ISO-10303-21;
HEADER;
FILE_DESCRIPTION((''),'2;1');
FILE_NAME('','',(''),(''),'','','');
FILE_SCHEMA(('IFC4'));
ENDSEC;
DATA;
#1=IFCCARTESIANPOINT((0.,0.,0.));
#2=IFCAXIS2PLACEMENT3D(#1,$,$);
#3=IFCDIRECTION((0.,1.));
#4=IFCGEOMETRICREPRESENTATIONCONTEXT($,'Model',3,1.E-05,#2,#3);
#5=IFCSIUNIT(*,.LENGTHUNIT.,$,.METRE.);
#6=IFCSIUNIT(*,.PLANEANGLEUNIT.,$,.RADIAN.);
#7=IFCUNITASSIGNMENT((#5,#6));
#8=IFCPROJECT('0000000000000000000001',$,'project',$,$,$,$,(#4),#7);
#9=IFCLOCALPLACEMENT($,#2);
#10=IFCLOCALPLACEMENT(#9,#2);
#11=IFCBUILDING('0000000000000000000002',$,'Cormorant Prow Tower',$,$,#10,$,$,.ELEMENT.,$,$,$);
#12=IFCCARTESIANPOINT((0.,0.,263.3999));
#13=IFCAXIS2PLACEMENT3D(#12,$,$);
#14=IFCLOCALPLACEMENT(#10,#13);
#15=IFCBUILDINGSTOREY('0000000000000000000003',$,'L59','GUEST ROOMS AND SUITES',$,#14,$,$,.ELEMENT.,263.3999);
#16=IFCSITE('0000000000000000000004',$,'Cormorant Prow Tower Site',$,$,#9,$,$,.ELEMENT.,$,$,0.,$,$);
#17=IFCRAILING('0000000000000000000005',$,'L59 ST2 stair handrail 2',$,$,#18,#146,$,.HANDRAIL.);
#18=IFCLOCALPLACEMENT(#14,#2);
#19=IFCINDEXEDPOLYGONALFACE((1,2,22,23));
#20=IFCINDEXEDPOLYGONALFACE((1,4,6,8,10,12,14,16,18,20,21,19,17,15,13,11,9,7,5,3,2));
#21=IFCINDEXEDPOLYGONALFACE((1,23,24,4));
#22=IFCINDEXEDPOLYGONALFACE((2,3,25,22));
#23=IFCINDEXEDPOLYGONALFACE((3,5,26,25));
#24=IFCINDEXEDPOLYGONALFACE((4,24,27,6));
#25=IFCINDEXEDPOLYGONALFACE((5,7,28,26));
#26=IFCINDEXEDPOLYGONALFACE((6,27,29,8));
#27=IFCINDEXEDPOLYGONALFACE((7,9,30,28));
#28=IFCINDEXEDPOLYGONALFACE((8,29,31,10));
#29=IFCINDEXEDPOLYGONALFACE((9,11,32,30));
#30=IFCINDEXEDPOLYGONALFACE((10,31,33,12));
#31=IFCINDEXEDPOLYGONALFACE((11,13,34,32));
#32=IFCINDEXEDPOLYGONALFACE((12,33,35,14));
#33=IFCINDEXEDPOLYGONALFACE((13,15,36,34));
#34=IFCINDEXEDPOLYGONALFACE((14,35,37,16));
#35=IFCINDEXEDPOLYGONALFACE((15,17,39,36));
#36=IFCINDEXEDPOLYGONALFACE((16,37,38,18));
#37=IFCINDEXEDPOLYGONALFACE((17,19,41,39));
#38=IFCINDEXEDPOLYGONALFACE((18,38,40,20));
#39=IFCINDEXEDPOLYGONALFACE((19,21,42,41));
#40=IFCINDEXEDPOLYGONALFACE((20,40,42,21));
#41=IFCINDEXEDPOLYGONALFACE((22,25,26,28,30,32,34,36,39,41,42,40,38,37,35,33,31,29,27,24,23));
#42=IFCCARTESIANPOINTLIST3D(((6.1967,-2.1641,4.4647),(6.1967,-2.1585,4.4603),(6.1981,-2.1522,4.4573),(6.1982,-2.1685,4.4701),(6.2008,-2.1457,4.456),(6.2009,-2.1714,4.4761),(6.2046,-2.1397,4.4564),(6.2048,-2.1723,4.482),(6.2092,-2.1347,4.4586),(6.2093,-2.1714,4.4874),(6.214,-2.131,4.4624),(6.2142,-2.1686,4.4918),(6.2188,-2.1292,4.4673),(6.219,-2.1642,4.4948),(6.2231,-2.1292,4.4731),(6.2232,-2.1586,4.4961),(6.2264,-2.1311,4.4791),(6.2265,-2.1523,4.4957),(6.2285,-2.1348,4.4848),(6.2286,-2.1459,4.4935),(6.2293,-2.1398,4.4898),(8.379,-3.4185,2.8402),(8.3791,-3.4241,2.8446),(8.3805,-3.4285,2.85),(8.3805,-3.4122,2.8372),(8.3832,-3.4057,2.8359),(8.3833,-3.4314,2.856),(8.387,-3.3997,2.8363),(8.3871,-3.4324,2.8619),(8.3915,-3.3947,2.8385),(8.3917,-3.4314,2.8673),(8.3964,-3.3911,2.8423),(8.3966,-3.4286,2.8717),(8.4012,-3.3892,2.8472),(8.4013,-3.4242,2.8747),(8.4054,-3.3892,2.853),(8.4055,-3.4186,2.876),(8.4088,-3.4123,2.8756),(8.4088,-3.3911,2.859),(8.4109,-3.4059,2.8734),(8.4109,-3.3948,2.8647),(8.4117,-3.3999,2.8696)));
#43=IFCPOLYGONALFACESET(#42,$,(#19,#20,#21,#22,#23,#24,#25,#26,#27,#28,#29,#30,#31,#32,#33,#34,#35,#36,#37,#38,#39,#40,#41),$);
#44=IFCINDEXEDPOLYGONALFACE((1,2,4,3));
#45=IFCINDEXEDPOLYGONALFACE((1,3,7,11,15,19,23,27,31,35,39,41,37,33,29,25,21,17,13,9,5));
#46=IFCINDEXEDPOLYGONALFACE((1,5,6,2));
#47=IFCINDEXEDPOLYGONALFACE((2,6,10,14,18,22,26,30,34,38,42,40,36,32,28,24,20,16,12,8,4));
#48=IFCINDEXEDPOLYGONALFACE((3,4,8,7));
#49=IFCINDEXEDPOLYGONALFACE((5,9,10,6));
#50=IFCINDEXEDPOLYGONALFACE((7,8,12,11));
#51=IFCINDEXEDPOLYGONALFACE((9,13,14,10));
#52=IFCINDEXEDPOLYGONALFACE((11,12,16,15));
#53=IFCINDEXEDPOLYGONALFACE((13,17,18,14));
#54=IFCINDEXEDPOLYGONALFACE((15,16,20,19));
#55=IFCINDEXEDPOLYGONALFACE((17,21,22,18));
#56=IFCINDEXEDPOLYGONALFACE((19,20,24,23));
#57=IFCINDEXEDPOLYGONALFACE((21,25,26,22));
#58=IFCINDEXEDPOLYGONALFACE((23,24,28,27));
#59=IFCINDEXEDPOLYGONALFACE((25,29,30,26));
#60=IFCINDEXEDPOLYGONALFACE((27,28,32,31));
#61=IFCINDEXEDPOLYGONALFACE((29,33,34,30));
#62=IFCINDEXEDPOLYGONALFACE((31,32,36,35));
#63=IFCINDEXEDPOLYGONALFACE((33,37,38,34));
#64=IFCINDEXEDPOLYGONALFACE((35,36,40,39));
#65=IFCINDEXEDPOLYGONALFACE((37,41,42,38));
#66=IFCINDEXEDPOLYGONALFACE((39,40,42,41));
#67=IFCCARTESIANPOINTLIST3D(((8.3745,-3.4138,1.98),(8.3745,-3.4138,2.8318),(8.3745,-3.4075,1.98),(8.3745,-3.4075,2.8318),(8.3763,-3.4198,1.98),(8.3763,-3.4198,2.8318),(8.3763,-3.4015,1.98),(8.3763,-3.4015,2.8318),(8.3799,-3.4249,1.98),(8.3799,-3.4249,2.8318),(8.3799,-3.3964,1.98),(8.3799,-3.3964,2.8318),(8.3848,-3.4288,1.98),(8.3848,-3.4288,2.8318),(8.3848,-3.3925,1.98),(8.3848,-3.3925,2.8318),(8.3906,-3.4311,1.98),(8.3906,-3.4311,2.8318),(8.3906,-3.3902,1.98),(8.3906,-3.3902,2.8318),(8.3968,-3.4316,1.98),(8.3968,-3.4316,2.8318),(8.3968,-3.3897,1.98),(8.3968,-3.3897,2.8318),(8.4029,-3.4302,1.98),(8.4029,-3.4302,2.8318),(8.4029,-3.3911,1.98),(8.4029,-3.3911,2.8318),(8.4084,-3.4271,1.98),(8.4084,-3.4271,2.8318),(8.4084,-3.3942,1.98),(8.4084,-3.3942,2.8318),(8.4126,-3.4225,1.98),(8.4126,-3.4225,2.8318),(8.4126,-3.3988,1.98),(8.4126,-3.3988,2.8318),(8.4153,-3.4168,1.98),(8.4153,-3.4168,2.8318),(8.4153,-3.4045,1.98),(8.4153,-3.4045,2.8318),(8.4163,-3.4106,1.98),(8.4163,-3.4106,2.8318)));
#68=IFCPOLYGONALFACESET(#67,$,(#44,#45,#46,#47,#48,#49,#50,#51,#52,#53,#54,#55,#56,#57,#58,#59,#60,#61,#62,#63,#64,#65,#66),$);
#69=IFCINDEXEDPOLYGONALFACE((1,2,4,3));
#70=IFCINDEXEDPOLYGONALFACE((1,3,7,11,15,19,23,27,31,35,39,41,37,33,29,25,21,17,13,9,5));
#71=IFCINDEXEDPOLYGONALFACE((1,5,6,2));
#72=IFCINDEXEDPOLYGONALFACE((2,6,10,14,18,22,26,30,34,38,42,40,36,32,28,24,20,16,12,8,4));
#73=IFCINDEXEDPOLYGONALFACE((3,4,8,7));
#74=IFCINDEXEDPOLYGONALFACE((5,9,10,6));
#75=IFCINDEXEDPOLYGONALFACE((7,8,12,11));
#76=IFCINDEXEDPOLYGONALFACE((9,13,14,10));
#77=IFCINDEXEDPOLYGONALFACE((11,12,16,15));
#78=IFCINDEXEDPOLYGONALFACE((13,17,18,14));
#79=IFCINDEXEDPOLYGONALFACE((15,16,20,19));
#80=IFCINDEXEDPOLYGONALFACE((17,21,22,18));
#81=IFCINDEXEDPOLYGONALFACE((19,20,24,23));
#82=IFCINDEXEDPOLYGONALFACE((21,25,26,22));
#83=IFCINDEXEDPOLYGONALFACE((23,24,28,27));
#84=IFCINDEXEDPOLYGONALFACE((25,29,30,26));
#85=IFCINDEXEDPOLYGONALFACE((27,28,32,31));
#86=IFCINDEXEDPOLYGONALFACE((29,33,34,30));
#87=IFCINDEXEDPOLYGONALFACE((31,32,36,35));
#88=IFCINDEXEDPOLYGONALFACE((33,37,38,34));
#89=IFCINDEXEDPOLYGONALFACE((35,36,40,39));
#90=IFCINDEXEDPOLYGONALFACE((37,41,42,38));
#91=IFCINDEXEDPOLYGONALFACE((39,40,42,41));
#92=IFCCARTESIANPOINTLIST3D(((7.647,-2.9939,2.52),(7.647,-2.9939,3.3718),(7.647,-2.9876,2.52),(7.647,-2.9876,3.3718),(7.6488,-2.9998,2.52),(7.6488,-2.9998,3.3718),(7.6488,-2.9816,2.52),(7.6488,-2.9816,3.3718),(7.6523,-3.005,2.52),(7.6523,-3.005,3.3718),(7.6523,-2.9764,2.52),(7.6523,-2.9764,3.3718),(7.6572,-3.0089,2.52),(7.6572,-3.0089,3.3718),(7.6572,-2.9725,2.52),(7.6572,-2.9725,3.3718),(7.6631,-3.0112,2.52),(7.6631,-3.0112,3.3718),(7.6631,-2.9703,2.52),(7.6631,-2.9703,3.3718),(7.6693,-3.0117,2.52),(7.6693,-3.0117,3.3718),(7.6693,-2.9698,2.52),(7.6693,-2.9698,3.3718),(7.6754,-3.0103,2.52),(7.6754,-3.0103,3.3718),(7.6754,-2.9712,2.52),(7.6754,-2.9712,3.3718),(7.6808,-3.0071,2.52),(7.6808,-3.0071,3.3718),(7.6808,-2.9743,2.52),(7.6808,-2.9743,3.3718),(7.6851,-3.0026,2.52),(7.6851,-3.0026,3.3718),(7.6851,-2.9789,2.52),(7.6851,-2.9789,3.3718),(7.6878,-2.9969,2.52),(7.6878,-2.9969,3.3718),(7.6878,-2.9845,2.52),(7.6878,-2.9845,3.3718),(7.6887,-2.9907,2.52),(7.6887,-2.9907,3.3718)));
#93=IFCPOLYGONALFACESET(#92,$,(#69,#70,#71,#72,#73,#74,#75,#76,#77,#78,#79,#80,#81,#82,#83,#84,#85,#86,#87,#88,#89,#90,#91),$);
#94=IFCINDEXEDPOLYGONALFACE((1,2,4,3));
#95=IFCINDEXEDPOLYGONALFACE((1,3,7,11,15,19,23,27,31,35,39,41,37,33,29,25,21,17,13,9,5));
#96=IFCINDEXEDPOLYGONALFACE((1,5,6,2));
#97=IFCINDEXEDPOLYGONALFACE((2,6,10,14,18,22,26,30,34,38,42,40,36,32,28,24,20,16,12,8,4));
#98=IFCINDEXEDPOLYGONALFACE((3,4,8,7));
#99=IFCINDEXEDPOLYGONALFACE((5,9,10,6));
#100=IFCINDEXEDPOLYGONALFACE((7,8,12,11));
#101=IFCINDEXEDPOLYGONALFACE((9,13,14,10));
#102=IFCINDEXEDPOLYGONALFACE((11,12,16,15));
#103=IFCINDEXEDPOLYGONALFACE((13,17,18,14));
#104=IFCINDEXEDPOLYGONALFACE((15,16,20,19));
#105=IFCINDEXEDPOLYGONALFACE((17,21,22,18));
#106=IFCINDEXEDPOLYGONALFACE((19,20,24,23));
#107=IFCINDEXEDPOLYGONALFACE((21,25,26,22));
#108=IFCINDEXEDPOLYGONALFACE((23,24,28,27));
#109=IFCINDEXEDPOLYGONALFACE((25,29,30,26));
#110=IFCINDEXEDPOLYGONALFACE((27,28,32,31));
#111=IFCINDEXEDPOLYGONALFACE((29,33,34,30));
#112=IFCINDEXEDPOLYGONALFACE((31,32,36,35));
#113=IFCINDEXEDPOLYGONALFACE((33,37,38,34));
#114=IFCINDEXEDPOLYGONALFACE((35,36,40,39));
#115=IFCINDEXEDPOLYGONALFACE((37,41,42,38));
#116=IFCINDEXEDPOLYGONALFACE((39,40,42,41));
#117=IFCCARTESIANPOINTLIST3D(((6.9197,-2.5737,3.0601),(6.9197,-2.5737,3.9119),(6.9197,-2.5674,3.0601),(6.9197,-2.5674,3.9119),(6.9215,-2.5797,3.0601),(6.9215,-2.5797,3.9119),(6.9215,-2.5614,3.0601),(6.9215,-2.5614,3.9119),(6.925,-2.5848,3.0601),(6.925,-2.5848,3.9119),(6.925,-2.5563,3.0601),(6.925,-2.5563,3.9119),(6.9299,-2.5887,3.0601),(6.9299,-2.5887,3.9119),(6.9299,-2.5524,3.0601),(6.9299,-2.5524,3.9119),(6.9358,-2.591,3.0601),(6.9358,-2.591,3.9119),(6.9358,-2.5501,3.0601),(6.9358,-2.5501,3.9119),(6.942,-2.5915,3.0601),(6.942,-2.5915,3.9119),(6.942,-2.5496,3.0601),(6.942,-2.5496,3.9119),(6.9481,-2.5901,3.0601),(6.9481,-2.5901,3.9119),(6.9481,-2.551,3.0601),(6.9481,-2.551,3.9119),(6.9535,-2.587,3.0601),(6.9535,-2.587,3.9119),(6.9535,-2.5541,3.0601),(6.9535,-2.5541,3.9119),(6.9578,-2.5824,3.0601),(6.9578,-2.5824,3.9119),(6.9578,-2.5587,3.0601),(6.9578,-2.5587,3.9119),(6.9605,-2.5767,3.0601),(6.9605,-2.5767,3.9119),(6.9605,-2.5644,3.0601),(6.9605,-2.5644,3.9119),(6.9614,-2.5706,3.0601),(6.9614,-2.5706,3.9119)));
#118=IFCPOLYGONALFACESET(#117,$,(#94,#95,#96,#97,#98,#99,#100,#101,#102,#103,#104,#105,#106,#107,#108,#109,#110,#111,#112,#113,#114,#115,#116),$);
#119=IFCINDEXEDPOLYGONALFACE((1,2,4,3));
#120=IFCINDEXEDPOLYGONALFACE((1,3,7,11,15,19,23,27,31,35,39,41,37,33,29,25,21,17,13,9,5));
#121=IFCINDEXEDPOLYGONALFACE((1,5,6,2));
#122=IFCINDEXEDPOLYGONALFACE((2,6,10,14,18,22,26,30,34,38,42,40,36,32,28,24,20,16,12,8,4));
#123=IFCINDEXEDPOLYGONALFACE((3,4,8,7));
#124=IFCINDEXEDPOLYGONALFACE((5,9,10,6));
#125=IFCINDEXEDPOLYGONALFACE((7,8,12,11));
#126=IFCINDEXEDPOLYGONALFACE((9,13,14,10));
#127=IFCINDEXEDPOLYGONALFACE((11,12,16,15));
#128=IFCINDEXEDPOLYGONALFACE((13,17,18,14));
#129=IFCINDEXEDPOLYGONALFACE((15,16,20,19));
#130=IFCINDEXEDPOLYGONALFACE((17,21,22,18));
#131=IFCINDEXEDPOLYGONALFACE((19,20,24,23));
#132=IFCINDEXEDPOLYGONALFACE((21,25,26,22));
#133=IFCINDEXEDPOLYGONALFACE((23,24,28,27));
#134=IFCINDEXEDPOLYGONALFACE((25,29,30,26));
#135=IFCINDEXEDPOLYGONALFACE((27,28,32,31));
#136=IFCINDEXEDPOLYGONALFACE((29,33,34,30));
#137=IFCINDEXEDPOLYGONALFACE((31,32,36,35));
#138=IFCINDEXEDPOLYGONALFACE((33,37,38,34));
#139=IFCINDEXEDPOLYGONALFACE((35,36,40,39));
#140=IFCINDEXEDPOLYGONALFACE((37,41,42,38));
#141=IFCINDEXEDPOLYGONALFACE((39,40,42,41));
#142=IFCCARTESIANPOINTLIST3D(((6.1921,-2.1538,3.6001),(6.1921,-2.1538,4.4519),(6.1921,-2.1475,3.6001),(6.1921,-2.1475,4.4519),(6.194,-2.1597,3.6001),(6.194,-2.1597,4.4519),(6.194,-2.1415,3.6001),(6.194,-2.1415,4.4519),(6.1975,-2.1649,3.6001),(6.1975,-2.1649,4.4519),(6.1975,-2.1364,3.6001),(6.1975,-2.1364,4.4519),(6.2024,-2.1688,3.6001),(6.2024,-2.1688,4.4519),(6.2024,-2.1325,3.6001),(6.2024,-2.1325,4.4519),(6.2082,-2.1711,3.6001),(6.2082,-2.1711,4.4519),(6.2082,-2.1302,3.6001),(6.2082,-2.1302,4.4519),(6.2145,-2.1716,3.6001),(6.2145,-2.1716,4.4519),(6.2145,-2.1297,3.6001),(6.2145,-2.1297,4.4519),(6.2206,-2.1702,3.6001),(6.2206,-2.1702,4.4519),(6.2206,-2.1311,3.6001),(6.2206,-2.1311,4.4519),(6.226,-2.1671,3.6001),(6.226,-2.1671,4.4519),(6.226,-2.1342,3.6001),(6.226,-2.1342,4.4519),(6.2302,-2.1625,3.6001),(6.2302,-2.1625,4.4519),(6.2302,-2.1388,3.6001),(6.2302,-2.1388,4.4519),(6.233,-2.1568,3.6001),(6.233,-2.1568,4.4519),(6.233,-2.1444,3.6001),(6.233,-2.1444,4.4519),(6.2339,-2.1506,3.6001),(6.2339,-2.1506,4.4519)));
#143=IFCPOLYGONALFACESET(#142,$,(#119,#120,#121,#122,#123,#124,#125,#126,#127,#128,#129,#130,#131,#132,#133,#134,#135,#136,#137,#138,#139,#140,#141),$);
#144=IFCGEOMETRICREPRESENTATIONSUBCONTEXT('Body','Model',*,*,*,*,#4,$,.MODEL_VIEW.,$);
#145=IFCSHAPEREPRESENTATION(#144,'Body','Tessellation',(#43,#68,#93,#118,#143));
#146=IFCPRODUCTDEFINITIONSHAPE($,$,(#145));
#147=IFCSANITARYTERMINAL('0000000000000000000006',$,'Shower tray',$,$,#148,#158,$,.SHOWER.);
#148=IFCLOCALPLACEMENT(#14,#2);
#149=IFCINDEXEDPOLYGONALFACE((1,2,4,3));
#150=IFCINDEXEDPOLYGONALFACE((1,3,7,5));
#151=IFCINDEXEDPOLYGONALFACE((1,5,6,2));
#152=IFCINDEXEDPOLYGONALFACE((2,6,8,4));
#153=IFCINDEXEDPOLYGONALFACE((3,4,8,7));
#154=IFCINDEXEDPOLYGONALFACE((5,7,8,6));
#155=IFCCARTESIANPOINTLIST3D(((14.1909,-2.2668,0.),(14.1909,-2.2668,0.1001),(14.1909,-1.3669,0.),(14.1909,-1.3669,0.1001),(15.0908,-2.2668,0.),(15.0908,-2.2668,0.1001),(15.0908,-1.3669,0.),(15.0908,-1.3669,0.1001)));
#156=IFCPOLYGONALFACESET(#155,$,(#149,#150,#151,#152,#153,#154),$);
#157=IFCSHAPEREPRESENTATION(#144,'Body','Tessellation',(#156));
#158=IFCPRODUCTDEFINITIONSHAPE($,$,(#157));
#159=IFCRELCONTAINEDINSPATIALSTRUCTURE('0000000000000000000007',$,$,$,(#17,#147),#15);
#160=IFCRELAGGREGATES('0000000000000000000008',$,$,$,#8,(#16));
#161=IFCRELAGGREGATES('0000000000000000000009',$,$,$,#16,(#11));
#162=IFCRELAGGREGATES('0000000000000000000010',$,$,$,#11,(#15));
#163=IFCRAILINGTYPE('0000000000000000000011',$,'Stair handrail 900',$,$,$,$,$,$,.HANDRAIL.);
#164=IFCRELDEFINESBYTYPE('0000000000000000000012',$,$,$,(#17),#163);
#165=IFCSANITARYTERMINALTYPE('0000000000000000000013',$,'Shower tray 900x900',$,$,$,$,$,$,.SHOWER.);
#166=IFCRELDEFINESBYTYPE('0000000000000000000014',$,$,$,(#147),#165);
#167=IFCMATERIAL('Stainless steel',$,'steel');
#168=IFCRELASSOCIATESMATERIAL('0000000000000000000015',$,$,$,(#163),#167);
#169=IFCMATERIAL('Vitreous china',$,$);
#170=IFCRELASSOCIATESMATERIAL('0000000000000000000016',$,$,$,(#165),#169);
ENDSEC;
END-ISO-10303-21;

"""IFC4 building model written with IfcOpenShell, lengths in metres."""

from ifc_helpers import new_model, si_unit, direction, frame, origin, origin_2d, place, context, subcontext, project, spatial, rectangle, circle, extrude, material, type_object, element, save


model = new_model("IFC4")

# Units and contexts
model_context = context("Model", 3, precision=1e-05, world=origin(), true_north=direction((0.0, 1.0)))
body_context = subcontext(model_context, "Body", "Model", "MODEL_VIEW")
ifc_project = project(units=[si_unit("LENGTHUNIT", "METRE"), si_unit("PLANEANGLEUNIT", "RADIAN")], contexts=[model_context])

# Site, building, storey
site_placement = place(None, origin())
site = spatial("IfcSite", under=ifc_project, at=site_placement, Name="Cormorant Prow Tower Site", CompositionType="ELEMENT", RefElevation=0.0)
building_placement = place(site_placement, origin())
building = spatial("IfcBuilding", under=site, at=building_placement, Name="Cormorant Prow Tower", CompositionType="ELEMENT")
storey_placement = place(building_placement, frame((0.0, 0.0, 263.3999)))
storey = spatial("IfcBuildingStorey", under=building, at=storey_placement, Name="L59", Description="GUEST ROOMS AND SUITES", CompositionType="ELEMENT", Elevation=263.3999)

# Railing
ifc_material_1 = material(Name="Stainless steel", Category="steel")
railing_type_1 = type_object("IfcRailingType", Name="Stair handrail 900", PredefinedType="HANDRAIL", material=ifc_material_1)
railing_1_placement = place(storey_placement, frame((8.3953, -3.4106, 1.98)))
element("IfcRailing", 1, at=railing_1_placement, inside=storey, type_object=railing_type_1, Name="L59 ST2 stair handrail 2", PredefinedType="HANDRAIL", context=body_context, shape_type="SweptSolid", body=[
    extrude(circle(Radius=0.0239, at=origin_2d()), frame((0.0, 0.0, 0.876), z_axis=(-0.728464, 0.420584, 0.540786), x_axis=(-0.500005, -0.866023, 0.0)), (0.0, 0.0, 1.0), 2.9958),
    extrude(circle(Radius=0.021, at=origin_2d()), origin(), (0.0, 0.0, 1.0), 0.8518),
    extrude(circle(Radius=0.021, at=origin_2d()), frame((-0.7275, 0.4199, 0.54)), (0.0, 0.0, 1.0), 0.8518),
    extrude(circle(Radius=0.021, at=origin_2d()), frame((-1.4548, 0.8401, 1.0801)), (0.0, 0.0, 1.0), 0.8518),
    extrude(circle(Radius=0.021, at=origin_2d()), frame((-2.1824, 1.26, 1.6201)), (0.0, 0.0, 1.0), 0.8518),
])

# Sanitary terminal
ifc_material_2 = material(Name="Vitreous china")
sanitary_terminal_type = type_object("IfcSanitaryTerminalType", Name="Shower tray 900x900", PredefinedType="SHOWER", material=ifc_material_2)
sanitary_terminal_placement = place(storey_placement, frame((14.6409, -1.8169, 0.0), z_axis=(0.0, 0.0, 1.0), x_axis=(1.0, 0.0, 0.0)))
element("IfcSanitaryTerminal", 2, at=sanitary_terminal_placement, inside=storey, type_object=sanitary_terminal_type, Name="Shower tray", PredefinedType="SHOWER", context=body_context, shape_type="SweptSolid", body=[
    extrude(rectangle(XDim=0.8999, YDim=0.8999, at=origin_2d()), origin(), (0.0, 0.0, 1.0), 0.1001),
])

save(model, "model.ifc")
